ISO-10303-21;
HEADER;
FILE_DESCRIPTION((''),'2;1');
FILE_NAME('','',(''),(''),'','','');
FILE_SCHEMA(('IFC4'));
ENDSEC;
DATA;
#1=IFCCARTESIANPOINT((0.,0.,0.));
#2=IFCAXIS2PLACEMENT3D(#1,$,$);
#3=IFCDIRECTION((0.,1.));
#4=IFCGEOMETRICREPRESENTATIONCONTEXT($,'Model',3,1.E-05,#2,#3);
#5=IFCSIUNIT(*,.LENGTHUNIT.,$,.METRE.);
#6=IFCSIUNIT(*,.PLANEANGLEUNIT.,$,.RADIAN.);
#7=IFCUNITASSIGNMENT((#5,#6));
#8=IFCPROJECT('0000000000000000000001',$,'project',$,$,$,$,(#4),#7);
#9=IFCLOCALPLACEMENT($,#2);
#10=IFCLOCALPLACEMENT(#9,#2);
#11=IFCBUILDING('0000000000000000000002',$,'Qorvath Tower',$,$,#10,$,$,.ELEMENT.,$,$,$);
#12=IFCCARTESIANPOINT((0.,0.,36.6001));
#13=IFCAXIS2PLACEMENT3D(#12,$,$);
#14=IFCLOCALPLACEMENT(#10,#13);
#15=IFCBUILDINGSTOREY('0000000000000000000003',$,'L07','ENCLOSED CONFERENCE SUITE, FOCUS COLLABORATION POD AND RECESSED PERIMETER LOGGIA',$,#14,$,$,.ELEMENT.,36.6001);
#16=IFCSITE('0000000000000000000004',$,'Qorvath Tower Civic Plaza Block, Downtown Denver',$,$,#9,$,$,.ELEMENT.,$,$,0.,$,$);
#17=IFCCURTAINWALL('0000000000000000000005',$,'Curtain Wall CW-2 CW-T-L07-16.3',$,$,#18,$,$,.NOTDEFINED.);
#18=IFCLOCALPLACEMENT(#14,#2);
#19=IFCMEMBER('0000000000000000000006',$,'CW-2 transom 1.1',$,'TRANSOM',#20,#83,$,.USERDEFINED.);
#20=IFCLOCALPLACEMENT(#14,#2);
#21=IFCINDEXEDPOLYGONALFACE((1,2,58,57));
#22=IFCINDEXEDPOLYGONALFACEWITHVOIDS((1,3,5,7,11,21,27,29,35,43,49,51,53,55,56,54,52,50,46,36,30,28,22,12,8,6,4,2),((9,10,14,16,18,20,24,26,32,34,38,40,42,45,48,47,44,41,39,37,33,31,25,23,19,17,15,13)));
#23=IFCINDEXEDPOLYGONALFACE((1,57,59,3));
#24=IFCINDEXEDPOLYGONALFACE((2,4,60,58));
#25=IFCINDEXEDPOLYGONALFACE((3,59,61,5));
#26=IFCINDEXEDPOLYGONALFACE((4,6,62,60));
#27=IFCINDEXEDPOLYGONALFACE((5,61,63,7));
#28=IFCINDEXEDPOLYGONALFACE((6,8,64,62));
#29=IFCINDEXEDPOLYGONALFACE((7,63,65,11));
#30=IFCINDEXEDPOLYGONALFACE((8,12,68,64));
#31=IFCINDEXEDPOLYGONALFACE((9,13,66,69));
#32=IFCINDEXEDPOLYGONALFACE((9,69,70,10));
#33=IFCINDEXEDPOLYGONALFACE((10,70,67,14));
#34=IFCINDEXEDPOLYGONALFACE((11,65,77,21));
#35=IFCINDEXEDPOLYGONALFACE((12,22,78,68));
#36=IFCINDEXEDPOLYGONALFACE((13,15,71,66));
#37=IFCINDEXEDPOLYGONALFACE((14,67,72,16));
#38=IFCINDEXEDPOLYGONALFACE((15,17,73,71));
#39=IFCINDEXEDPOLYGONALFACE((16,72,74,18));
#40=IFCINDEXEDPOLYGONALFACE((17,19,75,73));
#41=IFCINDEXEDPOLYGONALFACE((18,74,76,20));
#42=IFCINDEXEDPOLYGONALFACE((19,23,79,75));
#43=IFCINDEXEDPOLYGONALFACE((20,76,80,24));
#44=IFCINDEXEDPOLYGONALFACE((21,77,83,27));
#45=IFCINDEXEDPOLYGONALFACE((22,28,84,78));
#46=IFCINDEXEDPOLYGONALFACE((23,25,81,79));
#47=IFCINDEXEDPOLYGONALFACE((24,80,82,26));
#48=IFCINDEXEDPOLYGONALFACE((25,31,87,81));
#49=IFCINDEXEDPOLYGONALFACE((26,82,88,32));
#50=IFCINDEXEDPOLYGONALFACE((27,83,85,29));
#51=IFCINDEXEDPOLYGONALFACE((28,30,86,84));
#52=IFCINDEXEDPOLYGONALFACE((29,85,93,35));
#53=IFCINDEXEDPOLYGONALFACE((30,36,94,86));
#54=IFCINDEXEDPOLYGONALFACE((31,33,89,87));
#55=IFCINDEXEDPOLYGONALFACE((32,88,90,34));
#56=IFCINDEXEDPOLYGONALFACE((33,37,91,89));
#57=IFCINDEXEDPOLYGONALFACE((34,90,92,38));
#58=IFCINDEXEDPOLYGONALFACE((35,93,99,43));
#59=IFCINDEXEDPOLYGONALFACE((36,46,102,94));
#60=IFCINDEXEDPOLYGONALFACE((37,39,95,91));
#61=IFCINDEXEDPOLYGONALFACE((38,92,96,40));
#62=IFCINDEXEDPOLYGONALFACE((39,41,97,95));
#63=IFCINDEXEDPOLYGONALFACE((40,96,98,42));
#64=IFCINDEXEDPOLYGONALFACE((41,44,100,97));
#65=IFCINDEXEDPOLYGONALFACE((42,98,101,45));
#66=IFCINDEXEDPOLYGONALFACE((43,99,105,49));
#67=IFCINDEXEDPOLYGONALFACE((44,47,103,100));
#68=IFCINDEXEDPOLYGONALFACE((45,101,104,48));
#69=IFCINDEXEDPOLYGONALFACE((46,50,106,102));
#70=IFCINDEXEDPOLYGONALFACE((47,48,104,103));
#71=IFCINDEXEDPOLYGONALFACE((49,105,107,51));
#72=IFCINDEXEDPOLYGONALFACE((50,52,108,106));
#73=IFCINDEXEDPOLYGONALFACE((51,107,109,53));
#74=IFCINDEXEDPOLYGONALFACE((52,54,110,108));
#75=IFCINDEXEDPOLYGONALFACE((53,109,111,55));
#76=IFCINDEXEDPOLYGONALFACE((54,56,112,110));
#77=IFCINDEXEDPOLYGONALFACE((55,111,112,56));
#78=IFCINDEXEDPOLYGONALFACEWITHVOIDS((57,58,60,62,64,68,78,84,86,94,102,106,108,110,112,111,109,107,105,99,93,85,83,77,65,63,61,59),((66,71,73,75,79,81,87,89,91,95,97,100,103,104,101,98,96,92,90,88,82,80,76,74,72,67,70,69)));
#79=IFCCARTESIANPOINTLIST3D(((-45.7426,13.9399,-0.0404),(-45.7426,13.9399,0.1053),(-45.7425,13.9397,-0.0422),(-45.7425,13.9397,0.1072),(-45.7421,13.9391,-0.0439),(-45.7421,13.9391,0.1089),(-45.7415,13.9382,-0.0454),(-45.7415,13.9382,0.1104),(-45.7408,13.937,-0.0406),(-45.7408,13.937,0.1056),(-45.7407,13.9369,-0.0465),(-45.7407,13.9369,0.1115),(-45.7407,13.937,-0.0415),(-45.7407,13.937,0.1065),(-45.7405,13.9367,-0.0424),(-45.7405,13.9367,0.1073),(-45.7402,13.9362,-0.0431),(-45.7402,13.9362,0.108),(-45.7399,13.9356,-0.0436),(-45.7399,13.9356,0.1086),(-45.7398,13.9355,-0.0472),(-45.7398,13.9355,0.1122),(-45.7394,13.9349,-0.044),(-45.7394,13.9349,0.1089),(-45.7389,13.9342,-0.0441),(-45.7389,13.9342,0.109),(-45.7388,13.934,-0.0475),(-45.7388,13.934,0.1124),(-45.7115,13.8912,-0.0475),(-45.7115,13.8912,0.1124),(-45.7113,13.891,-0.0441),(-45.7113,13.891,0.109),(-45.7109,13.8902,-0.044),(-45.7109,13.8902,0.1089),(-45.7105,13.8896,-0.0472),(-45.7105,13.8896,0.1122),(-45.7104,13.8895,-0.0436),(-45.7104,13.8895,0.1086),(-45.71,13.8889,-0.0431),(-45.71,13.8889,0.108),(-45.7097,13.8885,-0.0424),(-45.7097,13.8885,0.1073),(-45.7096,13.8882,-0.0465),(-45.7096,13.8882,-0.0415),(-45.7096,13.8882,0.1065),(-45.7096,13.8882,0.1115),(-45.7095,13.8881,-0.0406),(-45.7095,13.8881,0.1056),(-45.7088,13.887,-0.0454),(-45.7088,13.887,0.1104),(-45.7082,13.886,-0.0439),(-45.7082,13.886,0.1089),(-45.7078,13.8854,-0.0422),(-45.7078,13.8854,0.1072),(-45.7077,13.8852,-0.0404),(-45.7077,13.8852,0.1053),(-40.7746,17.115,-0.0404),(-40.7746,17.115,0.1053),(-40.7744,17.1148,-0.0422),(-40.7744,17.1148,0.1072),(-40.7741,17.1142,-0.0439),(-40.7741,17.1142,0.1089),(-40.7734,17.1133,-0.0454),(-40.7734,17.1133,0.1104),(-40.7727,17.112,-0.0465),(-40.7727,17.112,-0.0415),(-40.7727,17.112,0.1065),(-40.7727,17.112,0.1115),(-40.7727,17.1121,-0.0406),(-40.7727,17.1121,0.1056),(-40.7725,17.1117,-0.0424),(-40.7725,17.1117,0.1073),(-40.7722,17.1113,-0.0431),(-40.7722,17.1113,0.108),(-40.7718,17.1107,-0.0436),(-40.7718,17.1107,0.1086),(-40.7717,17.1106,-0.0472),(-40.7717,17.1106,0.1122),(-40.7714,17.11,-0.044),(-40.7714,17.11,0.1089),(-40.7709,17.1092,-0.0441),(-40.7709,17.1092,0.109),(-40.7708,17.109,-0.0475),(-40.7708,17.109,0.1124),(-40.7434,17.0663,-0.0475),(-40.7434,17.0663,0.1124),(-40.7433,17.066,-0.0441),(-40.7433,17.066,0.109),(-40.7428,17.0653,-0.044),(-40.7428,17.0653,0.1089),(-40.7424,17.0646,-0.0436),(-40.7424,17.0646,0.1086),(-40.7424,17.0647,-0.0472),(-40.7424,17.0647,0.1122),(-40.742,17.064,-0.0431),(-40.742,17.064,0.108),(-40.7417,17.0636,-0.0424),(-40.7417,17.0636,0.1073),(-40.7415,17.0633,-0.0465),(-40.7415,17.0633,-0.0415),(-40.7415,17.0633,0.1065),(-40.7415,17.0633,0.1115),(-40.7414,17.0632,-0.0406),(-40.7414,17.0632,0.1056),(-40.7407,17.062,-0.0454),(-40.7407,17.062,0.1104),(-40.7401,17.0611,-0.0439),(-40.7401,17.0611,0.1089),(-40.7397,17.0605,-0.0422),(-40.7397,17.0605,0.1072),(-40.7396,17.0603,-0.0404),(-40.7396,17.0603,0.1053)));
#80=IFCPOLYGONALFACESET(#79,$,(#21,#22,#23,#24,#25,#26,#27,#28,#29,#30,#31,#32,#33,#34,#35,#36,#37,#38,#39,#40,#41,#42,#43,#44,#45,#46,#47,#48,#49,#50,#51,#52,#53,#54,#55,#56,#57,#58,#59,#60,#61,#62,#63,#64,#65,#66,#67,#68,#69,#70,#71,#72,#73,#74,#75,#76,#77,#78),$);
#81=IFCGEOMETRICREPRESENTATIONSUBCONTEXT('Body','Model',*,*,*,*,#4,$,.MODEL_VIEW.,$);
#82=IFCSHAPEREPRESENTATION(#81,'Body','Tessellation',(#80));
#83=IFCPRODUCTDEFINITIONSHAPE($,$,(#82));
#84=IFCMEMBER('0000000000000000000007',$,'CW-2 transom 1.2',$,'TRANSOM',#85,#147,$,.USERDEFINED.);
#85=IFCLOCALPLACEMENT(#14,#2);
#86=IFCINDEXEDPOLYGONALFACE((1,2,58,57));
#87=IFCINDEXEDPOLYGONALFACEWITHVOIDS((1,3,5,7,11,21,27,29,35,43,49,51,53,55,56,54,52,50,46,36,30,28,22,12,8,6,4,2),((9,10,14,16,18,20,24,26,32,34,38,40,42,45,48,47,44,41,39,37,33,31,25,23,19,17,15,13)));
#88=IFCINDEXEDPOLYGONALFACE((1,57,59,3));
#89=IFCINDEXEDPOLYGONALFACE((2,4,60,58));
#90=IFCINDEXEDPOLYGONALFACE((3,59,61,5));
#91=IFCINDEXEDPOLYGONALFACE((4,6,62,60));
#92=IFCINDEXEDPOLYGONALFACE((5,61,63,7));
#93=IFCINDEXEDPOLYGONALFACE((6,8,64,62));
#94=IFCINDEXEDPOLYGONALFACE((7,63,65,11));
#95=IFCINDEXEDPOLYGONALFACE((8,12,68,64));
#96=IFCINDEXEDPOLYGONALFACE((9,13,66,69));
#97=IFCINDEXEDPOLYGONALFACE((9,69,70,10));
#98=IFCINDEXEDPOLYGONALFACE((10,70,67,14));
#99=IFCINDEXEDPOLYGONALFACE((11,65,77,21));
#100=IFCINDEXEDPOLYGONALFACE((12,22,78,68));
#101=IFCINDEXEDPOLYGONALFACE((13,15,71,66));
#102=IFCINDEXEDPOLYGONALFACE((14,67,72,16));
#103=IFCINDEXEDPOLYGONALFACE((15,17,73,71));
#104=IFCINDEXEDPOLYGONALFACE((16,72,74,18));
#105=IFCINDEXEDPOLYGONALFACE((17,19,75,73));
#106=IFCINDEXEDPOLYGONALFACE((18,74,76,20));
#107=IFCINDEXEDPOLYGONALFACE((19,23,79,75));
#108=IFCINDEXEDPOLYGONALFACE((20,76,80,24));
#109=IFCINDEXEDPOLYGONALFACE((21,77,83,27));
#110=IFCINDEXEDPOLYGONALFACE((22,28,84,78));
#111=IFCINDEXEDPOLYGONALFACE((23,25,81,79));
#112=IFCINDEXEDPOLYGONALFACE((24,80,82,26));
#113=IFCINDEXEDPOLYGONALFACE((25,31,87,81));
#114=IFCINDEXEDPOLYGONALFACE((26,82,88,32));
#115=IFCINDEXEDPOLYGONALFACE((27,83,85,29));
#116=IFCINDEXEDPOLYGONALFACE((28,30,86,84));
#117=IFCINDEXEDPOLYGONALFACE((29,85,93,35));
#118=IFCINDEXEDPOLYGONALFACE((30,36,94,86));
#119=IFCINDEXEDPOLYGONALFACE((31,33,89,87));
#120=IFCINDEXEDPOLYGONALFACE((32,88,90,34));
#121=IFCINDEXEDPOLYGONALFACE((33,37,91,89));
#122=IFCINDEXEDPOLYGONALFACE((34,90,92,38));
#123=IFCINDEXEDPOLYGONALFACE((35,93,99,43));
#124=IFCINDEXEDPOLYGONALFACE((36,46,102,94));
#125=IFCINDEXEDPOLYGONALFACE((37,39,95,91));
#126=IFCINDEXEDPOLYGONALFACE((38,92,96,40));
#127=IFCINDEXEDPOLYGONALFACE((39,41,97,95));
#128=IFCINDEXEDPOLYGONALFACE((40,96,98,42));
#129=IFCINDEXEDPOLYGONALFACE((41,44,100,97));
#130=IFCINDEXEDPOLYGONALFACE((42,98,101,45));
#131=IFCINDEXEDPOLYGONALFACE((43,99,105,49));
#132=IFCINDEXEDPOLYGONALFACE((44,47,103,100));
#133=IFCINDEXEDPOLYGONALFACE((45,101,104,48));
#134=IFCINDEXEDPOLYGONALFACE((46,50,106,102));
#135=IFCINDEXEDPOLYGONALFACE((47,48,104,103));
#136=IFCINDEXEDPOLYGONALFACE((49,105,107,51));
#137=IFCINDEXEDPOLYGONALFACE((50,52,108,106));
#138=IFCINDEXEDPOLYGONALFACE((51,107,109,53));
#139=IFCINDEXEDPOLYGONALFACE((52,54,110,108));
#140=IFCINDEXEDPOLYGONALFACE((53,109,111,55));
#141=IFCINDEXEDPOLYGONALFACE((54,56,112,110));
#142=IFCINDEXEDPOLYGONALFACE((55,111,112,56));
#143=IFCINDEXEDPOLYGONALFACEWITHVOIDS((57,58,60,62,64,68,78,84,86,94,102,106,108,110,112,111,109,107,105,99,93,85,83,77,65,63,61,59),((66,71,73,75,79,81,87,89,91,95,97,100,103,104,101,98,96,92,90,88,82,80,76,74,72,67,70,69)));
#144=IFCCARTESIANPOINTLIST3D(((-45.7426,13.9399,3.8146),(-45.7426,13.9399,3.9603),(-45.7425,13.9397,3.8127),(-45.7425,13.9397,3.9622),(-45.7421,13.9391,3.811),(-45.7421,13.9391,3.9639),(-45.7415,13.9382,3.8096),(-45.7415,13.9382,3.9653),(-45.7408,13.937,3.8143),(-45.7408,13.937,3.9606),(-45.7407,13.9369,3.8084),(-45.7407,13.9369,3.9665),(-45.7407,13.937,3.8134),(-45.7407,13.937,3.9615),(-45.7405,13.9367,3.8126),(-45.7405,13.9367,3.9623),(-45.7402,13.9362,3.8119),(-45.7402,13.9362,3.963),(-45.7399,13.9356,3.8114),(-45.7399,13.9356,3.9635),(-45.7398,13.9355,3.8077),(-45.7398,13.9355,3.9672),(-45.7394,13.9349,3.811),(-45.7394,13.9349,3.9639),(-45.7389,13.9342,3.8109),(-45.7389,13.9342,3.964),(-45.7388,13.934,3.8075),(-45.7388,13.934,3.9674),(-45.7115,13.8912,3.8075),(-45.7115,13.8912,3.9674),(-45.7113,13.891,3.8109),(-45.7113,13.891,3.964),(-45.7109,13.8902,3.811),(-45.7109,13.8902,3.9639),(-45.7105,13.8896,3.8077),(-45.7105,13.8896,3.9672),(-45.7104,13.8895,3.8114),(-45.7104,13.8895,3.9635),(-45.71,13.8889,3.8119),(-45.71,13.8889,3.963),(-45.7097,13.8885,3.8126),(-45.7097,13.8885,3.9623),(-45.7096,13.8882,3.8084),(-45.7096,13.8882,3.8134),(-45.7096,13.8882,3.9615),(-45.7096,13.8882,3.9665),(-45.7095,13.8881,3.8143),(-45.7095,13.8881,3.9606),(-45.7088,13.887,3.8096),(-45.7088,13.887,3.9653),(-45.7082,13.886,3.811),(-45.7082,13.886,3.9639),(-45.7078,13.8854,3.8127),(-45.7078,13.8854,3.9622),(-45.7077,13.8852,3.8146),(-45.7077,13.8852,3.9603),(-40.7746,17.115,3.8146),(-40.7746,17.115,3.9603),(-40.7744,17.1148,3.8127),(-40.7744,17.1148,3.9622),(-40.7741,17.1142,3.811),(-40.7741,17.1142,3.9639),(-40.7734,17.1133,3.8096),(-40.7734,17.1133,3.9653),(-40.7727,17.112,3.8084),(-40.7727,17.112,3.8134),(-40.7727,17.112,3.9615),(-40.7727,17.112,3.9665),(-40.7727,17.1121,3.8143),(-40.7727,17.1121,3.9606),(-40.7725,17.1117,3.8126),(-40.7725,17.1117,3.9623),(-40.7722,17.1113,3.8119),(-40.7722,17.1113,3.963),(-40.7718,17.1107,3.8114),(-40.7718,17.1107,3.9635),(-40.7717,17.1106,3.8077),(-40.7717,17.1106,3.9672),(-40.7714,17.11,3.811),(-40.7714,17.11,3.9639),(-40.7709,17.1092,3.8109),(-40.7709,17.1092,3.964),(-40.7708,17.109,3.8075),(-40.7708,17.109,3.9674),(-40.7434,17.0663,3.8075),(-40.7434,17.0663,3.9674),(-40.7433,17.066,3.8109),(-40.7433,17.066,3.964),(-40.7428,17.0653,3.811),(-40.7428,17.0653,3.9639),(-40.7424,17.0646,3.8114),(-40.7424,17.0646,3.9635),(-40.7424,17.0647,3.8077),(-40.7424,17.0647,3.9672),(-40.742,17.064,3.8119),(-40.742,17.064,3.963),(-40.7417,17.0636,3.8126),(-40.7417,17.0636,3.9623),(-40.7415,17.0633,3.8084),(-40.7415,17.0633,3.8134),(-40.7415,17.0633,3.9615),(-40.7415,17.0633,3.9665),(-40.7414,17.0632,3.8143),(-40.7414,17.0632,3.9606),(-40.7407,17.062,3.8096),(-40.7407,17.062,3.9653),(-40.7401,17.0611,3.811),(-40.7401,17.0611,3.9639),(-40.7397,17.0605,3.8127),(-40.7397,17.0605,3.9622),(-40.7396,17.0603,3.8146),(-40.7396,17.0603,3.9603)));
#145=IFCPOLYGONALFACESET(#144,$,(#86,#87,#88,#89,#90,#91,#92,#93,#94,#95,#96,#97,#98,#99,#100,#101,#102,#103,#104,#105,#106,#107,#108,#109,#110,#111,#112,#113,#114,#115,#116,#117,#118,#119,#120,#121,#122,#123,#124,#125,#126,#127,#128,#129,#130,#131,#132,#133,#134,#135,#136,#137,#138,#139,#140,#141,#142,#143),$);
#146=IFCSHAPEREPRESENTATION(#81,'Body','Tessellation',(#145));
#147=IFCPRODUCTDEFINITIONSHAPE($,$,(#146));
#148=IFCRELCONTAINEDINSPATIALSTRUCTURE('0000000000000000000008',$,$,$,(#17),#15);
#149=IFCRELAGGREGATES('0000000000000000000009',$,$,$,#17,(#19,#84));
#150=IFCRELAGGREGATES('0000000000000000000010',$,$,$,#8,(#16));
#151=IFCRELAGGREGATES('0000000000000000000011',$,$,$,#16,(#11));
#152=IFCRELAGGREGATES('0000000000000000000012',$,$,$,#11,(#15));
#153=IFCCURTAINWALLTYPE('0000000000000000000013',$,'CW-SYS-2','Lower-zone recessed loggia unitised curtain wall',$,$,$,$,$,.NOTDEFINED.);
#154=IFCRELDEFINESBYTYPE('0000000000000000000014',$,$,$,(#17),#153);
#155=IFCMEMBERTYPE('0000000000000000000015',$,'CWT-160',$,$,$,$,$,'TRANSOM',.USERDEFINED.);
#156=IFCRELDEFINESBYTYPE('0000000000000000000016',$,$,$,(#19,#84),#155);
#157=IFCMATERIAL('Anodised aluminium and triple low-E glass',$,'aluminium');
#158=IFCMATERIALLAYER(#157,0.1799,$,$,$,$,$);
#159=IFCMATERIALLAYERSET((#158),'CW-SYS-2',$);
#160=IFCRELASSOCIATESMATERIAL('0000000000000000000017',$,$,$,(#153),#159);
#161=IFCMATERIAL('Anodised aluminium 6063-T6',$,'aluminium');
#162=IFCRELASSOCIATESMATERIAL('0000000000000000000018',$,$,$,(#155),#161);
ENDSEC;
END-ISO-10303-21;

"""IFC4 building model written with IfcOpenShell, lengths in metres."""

from ifc_helpers import new_model, si_unit, direction, frame, origin, origin_2d, place, context, subcontext, project, spatial, hollow_rectangle, extrude, material, layer, layer_set, material_profile, profile_set, type_object, element, aggregate, save


model = new_model("IFC4")

# Units and contexts
model_context = context("Model", 3, precision=1e-05, world=origin(), true_north=direction((0.0, 1.0)))
body_context = subcontext(model_context, "Body", "Model", "MODEL_VIEW")
ifc_project = project(units=[si_unit("LENGTHUNIT", "METRE"), si_unit("PLANEANGLEUNIT", "RADIAN")], contexts=[model_context])

# Site, building, storey
site_placement = place(None, origin())
site = spatial("IfcSite", under=ifc_project, at=site_placement, Name="Qorvath Tower Civic Plaza Block, Downtown Denver", CompositionType="ELEMENT", RefElevation=0.0)
building_placement = place(site_placement, origin())
building = spatial("IfcBuilding", under=site, at=building_placement, Name="Qorvath Tower", CompositionType="ELEMENT")
storey_placement = place(building_placement, frame((0.0, 0.0, 36.6001)))
storey = spatial("IfcBuildingStorey", under=building, at=storey_placement, Name="L07", Description="ENCLOSED CONFERENCE SUITE, FOCUS COLLABORATION POD AND RECESSED PERIMETER LOGGIA", CompositionType="ELEMENT", Elevation=36.6001)

# Curtain wall, members
ifc_material_1 = material(Name="Anodised aluminium and triple low-E glass", Category="aluminium")
ifc_layer_1 = layer(ifc_material_1, 0.1799)
ifc_layer_set_1 = layer_set([ifc_layer_1], Name="CW-SYS-2")
curtain_wall_type = type_object("IfcCurtainWallType", Name="CW-SYS-2", Description="Lower-zone recessed loggia unitised curtain wall", PredefinedType="NOTDEFINED", material=ifc_layer_set_1)
curtain_wall_placement = place(storey_placement, origin())
curtain_wall = element("IfcCurtainWall", 1, at=curtain_wall_placement, inside=storey, type_object=curtain_wall_type, Name="Curtain Wall CW-2 CW-T-L07-16.3", PredefinedType="NOTDEFINED")
ifc_material_2 = material(Name="Anodised aluminium 6063-T6", Category="aluminium")
ifc_material_profile_1 = material_profile(ifc_material_2, hollow_rectangle(XDim=0.0649, YDim=0.1599, WallThickness=0.0034, InnerFilletRadius=0.0034, OuterFilletRadius=0.0071, at=origin_2d()), Name="CWT 160x65")
ifc_profile_set_1 = profile_set([ifc_material_profile_1], Name="Anodised aluminium 6063-T6")
member_type_1 = type_object("IfcMemberType", Name="CWT-160", ElementType="TRANSOM", PredefinedType="USERDEFINED", material=ifc_profile_set_1)
member_1_placement = place(storey_placement, frame((-40.7571, 17.0876, 0.0325), z_axis=(-0.842616, -0.538514, 0.0), x_axis=(0.538514, -0.842616, 0.0)))
member_1 = element("IfcMember", 2, at=member_1_placement, type_object=member_type_1, Name="CW-2 transom 1.1", ObjectType="TRANSOM", PredefinedType="USERDEFINED", context=body_context, shape_type="SweptSolid", body=[
    extrude(hollow_rectangle(XDim=0.0649, YDim=0.1599, WallThickness=0.0034, InnerFilletRadius=0.0034, OuterFilletRadius=0.0071, at=origin_2d()), origin(), (0.0, 0.0, 1.0), 5.896),
])
member_2_placement = place(storey_placement, frame((-40.7571, 17.0876, 3.8875), z_axis=(-0.842616, -0.538514, 0.0), x_axis=(0.538514, -0.842616, 0.0)))
member_2 = element("IfcMember", 3, at=member_2_placement, type_object=member_type_1, Name="CW-2 transom 1.2", ObjectType="TRANSOM", PredefinedType="USERDEFINED", context=body_context, shape_type="SweptSolid", body=[
    extrude(hollow_rectangle(XDim=0.0649, YDim=0.1599, WallThickness=0.0034, InnerFilletRadius=0.0034, OuterFilletRadius=0.0071, at=origin_2d()), origin(), (0.0, 0.0, 1.0), 5.896),
])

aggregate(curtain_wall, [member_1, member_2])

save(model, "model.ifc")
